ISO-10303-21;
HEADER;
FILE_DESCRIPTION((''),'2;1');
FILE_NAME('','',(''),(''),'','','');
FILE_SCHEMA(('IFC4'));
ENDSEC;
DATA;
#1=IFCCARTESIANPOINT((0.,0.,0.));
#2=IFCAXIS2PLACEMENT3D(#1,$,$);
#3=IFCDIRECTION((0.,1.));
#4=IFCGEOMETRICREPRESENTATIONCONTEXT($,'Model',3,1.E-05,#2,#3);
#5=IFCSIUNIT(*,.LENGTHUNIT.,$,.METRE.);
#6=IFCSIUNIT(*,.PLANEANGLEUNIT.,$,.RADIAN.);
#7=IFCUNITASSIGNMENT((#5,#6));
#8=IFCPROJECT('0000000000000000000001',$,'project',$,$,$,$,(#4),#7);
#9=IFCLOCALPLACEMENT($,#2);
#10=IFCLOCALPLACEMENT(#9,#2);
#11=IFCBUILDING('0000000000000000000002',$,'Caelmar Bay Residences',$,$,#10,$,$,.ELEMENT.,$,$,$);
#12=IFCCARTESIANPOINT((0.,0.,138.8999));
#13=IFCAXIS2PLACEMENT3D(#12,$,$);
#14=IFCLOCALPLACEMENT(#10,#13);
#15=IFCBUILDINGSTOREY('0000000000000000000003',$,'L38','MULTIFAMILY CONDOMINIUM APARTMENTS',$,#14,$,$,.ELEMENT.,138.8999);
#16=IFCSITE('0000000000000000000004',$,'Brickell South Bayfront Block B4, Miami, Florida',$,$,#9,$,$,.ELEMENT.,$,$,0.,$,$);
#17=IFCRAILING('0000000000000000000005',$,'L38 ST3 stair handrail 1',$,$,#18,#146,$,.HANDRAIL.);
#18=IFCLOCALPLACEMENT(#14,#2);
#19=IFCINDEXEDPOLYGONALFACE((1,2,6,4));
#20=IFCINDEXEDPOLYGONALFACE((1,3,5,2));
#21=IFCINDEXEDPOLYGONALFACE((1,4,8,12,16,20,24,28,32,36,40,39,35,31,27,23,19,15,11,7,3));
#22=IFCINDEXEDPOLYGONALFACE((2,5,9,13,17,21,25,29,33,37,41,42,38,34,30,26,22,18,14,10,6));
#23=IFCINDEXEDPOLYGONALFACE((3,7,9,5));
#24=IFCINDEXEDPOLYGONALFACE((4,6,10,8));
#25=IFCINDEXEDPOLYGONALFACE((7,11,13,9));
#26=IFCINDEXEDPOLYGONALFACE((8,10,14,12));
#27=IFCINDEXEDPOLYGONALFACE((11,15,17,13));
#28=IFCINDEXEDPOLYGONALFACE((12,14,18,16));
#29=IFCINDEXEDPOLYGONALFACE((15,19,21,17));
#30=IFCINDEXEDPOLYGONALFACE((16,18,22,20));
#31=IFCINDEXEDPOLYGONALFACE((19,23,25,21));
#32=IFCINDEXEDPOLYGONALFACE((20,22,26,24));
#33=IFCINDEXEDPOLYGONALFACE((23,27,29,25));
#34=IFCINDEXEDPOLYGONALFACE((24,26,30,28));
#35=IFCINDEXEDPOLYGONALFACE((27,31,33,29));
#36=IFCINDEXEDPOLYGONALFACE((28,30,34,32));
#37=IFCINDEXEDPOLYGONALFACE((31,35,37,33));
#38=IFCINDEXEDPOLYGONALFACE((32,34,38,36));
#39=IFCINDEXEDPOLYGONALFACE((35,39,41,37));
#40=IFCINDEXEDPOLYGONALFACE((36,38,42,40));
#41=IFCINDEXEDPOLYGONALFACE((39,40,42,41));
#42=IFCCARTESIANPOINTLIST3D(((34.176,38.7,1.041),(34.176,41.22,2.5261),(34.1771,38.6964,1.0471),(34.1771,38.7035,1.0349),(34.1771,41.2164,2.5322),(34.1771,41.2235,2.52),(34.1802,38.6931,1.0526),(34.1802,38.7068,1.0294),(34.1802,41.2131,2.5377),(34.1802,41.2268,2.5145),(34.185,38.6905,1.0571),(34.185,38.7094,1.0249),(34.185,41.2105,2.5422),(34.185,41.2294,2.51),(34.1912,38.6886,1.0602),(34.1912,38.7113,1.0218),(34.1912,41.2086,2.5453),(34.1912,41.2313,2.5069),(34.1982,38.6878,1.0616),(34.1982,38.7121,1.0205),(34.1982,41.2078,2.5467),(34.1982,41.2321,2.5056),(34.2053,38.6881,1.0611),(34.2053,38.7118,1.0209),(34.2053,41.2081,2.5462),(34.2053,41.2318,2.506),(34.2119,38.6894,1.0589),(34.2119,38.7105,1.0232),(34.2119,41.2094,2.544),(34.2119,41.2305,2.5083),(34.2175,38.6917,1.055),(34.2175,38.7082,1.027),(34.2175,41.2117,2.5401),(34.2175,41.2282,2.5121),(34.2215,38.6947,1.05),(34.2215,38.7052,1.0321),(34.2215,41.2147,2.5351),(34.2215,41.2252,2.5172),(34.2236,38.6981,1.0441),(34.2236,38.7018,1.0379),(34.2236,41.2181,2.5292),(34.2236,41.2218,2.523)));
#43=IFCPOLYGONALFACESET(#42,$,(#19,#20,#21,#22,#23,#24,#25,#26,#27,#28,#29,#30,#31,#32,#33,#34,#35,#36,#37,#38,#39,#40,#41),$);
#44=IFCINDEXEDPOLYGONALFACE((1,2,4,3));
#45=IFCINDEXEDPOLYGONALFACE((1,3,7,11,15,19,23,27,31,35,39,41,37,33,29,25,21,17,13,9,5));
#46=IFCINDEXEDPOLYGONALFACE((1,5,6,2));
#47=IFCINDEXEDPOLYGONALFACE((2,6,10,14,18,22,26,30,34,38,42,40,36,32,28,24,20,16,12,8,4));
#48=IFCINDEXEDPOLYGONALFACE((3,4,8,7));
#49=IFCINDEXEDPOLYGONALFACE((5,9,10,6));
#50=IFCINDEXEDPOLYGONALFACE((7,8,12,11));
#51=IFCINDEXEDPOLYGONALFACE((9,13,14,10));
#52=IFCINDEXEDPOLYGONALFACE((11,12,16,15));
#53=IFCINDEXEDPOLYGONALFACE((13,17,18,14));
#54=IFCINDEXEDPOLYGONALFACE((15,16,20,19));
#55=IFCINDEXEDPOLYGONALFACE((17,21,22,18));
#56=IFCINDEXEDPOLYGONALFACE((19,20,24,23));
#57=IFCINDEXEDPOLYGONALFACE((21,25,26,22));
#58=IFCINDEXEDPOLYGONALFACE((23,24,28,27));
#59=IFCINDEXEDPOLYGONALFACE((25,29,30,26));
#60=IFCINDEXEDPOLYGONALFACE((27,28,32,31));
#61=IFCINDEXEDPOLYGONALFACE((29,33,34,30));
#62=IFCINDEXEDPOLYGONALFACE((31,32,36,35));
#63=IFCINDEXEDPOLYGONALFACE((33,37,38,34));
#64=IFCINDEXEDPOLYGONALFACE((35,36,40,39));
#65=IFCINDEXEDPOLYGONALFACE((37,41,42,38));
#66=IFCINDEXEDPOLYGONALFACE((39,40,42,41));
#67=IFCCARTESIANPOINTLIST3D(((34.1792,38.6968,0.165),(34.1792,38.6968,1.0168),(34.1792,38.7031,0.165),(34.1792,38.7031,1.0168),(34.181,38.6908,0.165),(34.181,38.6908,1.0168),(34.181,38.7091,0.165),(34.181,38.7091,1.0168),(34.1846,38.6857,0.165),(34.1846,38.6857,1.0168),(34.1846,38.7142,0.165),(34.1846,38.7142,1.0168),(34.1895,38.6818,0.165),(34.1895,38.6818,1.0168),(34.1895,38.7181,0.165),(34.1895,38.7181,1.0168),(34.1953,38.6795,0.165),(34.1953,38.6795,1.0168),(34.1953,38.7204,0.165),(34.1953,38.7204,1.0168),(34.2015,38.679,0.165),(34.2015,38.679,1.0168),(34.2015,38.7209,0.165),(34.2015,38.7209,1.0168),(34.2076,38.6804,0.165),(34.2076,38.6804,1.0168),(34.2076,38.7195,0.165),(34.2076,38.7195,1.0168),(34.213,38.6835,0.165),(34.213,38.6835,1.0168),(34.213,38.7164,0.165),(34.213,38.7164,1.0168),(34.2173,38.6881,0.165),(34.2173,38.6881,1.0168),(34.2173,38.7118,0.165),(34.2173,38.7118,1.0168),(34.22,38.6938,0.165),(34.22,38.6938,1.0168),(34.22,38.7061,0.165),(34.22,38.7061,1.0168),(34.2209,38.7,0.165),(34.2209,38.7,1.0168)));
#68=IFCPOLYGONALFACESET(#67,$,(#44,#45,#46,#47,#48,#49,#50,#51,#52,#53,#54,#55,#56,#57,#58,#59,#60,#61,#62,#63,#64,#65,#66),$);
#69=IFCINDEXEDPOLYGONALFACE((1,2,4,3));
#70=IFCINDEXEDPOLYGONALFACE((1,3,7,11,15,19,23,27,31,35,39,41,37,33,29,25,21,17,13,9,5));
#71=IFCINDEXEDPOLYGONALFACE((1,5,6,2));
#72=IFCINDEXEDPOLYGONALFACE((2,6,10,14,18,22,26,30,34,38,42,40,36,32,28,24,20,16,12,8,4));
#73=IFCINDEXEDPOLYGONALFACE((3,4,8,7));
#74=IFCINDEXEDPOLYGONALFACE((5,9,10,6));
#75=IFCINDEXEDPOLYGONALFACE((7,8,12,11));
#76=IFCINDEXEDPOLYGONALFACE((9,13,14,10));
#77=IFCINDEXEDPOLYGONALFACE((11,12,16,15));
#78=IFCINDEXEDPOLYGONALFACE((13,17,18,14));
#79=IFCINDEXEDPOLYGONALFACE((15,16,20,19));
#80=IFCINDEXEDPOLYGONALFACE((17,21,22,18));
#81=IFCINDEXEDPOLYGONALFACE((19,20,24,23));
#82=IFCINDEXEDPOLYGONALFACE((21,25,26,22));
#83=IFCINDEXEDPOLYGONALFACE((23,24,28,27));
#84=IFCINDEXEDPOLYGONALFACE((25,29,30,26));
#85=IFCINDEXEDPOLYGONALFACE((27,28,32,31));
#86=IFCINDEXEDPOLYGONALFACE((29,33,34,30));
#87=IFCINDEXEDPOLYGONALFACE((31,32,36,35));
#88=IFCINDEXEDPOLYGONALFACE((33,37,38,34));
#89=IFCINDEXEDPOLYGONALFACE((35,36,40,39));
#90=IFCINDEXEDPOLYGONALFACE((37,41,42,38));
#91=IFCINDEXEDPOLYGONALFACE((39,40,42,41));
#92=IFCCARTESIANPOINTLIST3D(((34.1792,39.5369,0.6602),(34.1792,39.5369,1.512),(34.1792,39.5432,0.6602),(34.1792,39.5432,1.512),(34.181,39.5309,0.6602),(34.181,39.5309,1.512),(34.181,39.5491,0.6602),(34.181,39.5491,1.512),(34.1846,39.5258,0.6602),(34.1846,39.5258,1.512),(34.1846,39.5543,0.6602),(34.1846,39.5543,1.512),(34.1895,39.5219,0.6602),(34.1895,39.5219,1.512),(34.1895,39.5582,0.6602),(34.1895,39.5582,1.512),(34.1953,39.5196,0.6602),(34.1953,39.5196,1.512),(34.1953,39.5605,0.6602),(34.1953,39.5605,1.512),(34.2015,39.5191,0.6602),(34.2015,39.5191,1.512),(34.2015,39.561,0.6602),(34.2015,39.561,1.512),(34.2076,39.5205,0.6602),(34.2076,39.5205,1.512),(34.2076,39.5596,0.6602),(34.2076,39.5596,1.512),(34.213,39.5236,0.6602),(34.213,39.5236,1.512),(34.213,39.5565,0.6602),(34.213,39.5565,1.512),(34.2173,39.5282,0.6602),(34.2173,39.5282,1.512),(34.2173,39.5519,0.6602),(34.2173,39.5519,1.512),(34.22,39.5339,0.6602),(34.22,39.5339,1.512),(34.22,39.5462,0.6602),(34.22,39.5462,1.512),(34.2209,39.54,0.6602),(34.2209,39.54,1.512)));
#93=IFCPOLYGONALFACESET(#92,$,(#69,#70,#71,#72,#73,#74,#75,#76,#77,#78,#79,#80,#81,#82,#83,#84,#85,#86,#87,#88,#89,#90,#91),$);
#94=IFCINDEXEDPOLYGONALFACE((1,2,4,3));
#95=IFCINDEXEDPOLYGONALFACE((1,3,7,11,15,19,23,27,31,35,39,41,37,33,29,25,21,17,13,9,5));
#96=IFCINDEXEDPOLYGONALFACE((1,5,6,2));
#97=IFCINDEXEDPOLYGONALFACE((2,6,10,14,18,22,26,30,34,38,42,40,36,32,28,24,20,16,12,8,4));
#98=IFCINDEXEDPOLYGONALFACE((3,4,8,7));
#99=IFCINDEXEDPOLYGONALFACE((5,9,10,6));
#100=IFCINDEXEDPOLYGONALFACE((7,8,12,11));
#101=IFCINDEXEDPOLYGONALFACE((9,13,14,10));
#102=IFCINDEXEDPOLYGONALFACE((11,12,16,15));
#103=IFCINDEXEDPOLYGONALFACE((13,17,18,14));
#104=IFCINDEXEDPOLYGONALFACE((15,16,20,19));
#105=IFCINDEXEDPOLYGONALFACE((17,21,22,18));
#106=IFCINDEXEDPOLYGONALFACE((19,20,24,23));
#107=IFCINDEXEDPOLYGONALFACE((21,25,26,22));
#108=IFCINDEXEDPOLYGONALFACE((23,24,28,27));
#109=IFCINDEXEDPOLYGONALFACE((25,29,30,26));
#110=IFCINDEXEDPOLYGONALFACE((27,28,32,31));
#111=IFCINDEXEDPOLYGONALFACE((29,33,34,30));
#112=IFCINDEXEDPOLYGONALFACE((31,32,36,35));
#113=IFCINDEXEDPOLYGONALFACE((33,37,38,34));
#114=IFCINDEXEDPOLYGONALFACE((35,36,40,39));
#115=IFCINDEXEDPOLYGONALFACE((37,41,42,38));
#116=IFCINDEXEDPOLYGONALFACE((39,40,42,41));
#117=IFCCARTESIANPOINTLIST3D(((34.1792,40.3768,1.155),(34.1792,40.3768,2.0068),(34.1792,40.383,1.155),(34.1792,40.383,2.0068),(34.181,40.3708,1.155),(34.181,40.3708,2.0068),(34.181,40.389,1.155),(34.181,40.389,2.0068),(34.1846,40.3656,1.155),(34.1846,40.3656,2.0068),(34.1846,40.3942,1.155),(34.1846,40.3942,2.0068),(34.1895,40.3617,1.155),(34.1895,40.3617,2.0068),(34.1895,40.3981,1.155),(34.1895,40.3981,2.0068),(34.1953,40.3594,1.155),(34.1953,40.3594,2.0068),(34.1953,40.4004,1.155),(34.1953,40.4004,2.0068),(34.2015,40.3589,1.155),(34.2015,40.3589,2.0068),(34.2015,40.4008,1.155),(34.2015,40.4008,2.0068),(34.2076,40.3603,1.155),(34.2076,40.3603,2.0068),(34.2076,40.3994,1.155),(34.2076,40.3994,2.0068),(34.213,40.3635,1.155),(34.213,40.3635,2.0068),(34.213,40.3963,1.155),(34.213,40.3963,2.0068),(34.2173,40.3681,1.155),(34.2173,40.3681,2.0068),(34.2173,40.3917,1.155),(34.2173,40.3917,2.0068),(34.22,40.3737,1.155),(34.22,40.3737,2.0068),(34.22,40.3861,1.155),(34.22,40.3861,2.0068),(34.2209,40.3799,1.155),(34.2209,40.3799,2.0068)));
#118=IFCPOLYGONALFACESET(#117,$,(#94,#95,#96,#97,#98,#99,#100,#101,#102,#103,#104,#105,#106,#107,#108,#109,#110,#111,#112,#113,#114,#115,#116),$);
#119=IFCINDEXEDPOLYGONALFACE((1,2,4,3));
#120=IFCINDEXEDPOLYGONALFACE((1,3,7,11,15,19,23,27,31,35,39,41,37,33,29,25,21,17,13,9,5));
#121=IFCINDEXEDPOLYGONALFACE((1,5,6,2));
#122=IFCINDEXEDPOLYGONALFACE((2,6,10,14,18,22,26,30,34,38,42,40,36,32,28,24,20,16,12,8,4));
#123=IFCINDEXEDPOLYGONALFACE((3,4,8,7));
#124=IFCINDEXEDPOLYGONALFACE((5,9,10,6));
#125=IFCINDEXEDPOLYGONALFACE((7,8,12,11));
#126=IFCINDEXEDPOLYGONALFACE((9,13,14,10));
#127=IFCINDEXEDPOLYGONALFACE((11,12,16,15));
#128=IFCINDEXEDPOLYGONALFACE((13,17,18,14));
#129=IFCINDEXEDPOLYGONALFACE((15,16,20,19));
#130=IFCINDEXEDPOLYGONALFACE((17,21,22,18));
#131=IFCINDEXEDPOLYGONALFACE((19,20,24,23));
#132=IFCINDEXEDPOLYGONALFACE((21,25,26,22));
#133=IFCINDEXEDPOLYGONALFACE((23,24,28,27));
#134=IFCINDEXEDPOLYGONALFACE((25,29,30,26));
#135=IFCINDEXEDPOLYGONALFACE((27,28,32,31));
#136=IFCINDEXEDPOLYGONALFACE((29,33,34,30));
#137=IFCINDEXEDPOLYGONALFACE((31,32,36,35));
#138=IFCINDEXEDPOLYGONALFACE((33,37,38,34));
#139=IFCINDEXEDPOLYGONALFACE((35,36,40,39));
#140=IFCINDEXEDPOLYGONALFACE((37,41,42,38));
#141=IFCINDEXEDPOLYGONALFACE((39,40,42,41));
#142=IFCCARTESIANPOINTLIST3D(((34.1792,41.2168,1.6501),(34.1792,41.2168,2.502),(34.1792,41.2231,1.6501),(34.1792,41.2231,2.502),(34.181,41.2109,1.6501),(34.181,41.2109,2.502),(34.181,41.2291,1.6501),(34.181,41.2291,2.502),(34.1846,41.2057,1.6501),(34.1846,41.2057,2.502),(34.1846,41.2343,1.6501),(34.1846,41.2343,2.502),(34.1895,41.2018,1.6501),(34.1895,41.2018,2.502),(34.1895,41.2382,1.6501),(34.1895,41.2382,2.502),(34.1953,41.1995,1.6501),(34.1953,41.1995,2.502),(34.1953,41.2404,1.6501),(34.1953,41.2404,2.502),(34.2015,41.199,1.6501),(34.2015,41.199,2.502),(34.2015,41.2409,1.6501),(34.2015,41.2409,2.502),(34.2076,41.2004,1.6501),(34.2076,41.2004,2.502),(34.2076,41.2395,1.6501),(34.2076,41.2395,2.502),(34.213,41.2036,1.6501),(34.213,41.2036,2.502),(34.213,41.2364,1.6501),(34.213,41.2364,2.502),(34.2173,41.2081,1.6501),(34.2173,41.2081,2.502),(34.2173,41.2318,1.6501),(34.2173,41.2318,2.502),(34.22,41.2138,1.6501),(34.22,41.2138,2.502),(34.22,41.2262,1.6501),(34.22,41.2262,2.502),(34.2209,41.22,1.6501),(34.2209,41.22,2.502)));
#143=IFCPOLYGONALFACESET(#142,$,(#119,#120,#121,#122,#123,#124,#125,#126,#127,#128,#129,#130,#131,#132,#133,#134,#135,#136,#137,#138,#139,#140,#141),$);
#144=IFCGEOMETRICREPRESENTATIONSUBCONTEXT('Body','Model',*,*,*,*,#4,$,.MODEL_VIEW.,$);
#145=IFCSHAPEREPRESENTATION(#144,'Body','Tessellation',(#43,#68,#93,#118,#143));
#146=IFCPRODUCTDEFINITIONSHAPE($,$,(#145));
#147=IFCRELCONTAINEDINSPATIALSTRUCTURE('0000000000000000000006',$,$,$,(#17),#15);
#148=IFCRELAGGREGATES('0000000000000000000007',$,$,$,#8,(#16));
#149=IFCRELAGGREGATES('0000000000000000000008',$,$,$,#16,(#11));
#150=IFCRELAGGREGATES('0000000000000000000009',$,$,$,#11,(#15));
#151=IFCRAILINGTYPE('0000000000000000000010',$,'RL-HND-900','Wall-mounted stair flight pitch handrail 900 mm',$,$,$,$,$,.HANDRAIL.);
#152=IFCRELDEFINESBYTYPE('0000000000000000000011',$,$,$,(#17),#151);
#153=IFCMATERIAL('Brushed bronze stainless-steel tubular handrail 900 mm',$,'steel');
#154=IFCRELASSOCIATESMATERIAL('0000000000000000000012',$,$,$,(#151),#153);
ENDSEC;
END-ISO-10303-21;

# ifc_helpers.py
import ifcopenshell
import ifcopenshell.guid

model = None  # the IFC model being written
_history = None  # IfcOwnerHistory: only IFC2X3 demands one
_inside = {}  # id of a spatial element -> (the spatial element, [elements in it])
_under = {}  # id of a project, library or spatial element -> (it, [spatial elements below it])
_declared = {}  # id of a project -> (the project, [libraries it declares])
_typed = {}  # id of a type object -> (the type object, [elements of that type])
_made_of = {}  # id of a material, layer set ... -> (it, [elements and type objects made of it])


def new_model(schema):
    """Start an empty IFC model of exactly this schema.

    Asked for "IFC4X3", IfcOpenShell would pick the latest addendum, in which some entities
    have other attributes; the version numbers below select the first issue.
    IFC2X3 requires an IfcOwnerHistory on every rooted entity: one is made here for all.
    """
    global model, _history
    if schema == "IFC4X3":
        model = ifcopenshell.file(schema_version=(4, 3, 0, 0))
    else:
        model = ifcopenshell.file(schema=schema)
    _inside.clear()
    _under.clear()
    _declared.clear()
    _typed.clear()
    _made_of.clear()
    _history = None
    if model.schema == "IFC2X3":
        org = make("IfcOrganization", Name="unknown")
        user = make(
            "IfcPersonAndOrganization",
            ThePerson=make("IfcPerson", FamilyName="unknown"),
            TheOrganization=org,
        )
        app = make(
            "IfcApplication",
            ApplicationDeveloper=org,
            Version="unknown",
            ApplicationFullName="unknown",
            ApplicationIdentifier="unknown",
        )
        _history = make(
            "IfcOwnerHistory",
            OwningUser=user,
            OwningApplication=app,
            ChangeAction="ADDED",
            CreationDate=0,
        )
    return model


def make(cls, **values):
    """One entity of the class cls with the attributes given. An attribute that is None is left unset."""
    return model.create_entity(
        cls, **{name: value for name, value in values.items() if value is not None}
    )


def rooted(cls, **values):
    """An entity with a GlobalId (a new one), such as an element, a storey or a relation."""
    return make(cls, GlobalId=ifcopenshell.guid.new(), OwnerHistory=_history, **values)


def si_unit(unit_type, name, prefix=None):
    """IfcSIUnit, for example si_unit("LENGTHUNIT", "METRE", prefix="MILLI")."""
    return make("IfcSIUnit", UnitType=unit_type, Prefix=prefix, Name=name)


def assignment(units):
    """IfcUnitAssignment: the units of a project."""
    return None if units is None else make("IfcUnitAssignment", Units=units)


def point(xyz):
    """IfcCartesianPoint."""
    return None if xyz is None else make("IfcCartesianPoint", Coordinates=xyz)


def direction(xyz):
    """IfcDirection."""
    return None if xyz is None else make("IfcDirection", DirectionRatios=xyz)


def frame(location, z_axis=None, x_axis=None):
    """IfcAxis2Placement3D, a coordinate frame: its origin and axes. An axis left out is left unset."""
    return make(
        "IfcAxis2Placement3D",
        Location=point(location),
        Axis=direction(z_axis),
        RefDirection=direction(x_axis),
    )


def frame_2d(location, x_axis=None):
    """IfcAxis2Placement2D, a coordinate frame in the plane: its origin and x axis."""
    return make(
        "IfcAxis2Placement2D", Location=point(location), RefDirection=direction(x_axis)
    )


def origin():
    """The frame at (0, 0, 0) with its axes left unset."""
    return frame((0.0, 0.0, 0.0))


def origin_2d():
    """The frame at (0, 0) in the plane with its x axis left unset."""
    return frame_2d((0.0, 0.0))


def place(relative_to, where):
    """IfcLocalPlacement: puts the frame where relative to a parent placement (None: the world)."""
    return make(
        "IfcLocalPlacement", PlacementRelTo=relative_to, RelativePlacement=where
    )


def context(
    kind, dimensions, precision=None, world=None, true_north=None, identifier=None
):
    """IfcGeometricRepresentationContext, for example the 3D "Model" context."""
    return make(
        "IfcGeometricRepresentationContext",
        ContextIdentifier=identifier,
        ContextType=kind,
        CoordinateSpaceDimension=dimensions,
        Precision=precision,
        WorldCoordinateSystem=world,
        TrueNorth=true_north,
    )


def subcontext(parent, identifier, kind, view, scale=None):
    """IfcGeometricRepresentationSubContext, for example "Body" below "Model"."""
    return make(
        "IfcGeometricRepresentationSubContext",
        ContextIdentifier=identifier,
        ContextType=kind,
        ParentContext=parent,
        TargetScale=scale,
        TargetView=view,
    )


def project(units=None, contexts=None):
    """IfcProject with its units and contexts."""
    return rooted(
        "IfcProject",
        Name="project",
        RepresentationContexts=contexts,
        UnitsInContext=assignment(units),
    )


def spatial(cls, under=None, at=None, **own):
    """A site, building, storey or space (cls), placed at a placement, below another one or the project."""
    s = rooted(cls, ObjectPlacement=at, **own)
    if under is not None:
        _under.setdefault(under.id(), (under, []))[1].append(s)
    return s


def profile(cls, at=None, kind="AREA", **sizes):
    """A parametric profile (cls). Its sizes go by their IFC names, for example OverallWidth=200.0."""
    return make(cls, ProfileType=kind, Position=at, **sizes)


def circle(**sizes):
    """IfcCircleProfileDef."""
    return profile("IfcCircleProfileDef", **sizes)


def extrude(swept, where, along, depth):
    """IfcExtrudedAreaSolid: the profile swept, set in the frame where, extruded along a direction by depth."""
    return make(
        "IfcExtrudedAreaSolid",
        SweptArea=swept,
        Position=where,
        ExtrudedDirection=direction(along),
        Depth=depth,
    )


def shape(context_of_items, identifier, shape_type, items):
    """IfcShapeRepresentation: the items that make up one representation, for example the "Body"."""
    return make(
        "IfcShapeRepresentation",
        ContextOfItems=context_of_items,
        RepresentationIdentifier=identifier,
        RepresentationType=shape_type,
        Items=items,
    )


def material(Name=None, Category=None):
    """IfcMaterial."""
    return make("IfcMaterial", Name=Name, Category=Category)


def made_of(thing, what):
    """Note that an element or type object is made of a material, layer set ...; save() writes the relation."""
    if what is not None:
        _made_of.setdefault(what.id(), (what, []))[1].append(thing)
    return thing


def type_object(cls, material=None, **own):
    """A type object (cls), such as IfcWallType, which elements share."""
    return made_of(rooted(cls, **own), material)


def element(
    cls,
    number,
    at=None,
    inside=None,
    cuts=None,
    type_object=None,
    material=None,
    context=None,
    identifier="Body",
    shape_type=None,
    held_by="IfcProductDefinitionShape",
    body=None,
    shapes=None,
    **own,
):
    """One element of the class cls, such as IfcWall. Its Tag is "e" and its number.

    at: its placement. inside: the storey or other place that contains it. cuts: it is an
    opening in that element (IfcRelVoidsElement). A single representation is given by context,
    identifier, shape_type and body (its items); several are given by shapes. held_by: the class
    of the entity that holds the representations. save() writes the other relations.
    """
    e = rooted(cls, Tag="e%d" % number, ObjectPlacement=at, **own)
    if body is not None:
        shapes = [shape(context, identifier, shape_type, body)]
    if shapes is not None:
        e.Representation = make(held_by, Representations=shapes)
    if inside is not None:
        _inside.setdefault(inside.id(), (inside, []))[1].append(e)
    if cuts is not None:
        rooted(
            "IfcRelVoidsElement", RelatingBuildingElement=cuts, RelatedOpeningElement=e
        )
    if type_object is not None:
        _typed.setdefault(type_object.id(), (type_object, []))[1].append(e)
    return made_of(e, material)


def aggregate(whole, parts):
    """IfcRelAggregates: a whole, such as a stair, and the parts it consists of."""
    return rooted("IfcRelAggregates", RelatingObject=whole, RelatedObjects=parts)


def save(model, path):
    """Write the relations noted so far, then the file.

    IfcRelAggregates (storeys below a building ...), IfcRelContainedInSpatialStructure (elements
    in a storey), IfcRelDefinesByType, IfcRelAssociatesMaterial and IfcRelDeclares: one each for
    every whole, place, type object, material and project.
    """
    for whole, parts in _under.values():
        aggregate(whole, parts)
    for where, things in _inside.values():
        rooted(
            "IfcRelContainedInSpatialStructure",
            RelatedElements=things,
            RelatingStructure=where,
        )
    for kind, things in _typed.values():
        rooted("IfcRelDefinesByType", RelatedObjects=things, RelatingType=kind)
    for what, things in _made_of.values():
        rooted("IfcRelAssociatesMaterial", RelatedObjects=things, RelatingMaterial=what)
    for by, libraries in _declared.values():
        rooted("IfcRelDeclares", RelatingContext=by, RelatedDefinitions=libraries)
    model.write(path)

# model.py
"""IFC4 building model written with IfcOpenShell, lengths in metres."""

from ifc_helpers import new_model, si_unit, direction, frame, origin, origin_2d, place, context, subcontext, project, spatial, circle, extrude, material, type_object, element, save


model = new_model("IFC4")

# Units and contexts
model_context = context("Model", 3, precision=1e-05, world=origin(), true_north=direction((0.0, 1.0)))
body_context = subcontext(model_context, "Body", "Model", "MODEL_VIEW")
ifc_project = project(units=[si_unit("LENGTHUNIT", "METRE"), si_unit("PLANEANGLEUNIT", "RADIAN")], contexts=[model_context])

# Site, building, storey
site_placement = place(None, origin())
site = spatial("IfcSite", under=ifc_project, at=site_placement, Name="Brickell South Bayfront Block B4, Miami, Florida", CompositionType="ELEMENT", RefElevation=0.0)
building_placement = place(site_placement, origin())
building = spatial("IfcBuilding", under=site, at=building_placement, Name="Caelmar Bay Residences", CompositionType="ELEMENT")
storey_placement = place(building_placement, frame((0.0, 0.0, 138.8999)))
storey = spatial("IfcBuildingStorey", under=building, at=storey_placement, Name="L38", Description="MULTIFAMILY CONDOMINIUM APARTMENTS", CompositionType="ELEMENT", Elevation=138.8999)

# Railing
ifc_material_1 = material(Name="Brushed bronze stainless-steel tubular handrail 900 mm", Category="steel")
railing_type_1 = type_object("IfcRailingType", Name="RL-HND-900", Description="Wall-mounted stair flight pitch handrail 900 mm", PredefinedType="HANDRAIL", material=ifc_material_1)
railing_1_placement = place(storey_placement, frame((34.2, 38.7, 0.165)))
element("IfcRailing", 1, at=railing_1_placement, inside=storey, type_object=railing_type_1, Name="L38 ST3 stair handrail 1", PredefinedType="HANDRAIL", context=body_context, shape_type="SweptSolid", body=[
    extrude(circle(Radius=0.0239, at=origin_2d()), frame((0.0, 0.0, 0.876), z_axis=(0.0, 0.861524, 0.507717), x_axis=(-1.0, 0.0, 0.0)), (0.0, 0.0, 1.0), 2.925),
    extrude(circle(Radius=0.021, at=origin_2d()), origin(), (0.0, 0.0, 1.0), 0.8518),
    extrude(circle(Radius=0.021, at=origin_2d()), frame((0.0, 0.8401, 0.4951)), (0.0, 0.0, 1.0), 0.8518),
    extrude(circle(Radius=0.021, at=origin_2d()), frame((0.0, 1.6799, 0.99)), (0.0, 0.0, 1.0), 0.8518),
    extrude(circle(Radius=0.021, at=origin_2d()), frame((0.0, 2.52, 1.4851)), (0.0, 0.0, 1.0), 0.8518),
])

save(model, "model.ifc")
